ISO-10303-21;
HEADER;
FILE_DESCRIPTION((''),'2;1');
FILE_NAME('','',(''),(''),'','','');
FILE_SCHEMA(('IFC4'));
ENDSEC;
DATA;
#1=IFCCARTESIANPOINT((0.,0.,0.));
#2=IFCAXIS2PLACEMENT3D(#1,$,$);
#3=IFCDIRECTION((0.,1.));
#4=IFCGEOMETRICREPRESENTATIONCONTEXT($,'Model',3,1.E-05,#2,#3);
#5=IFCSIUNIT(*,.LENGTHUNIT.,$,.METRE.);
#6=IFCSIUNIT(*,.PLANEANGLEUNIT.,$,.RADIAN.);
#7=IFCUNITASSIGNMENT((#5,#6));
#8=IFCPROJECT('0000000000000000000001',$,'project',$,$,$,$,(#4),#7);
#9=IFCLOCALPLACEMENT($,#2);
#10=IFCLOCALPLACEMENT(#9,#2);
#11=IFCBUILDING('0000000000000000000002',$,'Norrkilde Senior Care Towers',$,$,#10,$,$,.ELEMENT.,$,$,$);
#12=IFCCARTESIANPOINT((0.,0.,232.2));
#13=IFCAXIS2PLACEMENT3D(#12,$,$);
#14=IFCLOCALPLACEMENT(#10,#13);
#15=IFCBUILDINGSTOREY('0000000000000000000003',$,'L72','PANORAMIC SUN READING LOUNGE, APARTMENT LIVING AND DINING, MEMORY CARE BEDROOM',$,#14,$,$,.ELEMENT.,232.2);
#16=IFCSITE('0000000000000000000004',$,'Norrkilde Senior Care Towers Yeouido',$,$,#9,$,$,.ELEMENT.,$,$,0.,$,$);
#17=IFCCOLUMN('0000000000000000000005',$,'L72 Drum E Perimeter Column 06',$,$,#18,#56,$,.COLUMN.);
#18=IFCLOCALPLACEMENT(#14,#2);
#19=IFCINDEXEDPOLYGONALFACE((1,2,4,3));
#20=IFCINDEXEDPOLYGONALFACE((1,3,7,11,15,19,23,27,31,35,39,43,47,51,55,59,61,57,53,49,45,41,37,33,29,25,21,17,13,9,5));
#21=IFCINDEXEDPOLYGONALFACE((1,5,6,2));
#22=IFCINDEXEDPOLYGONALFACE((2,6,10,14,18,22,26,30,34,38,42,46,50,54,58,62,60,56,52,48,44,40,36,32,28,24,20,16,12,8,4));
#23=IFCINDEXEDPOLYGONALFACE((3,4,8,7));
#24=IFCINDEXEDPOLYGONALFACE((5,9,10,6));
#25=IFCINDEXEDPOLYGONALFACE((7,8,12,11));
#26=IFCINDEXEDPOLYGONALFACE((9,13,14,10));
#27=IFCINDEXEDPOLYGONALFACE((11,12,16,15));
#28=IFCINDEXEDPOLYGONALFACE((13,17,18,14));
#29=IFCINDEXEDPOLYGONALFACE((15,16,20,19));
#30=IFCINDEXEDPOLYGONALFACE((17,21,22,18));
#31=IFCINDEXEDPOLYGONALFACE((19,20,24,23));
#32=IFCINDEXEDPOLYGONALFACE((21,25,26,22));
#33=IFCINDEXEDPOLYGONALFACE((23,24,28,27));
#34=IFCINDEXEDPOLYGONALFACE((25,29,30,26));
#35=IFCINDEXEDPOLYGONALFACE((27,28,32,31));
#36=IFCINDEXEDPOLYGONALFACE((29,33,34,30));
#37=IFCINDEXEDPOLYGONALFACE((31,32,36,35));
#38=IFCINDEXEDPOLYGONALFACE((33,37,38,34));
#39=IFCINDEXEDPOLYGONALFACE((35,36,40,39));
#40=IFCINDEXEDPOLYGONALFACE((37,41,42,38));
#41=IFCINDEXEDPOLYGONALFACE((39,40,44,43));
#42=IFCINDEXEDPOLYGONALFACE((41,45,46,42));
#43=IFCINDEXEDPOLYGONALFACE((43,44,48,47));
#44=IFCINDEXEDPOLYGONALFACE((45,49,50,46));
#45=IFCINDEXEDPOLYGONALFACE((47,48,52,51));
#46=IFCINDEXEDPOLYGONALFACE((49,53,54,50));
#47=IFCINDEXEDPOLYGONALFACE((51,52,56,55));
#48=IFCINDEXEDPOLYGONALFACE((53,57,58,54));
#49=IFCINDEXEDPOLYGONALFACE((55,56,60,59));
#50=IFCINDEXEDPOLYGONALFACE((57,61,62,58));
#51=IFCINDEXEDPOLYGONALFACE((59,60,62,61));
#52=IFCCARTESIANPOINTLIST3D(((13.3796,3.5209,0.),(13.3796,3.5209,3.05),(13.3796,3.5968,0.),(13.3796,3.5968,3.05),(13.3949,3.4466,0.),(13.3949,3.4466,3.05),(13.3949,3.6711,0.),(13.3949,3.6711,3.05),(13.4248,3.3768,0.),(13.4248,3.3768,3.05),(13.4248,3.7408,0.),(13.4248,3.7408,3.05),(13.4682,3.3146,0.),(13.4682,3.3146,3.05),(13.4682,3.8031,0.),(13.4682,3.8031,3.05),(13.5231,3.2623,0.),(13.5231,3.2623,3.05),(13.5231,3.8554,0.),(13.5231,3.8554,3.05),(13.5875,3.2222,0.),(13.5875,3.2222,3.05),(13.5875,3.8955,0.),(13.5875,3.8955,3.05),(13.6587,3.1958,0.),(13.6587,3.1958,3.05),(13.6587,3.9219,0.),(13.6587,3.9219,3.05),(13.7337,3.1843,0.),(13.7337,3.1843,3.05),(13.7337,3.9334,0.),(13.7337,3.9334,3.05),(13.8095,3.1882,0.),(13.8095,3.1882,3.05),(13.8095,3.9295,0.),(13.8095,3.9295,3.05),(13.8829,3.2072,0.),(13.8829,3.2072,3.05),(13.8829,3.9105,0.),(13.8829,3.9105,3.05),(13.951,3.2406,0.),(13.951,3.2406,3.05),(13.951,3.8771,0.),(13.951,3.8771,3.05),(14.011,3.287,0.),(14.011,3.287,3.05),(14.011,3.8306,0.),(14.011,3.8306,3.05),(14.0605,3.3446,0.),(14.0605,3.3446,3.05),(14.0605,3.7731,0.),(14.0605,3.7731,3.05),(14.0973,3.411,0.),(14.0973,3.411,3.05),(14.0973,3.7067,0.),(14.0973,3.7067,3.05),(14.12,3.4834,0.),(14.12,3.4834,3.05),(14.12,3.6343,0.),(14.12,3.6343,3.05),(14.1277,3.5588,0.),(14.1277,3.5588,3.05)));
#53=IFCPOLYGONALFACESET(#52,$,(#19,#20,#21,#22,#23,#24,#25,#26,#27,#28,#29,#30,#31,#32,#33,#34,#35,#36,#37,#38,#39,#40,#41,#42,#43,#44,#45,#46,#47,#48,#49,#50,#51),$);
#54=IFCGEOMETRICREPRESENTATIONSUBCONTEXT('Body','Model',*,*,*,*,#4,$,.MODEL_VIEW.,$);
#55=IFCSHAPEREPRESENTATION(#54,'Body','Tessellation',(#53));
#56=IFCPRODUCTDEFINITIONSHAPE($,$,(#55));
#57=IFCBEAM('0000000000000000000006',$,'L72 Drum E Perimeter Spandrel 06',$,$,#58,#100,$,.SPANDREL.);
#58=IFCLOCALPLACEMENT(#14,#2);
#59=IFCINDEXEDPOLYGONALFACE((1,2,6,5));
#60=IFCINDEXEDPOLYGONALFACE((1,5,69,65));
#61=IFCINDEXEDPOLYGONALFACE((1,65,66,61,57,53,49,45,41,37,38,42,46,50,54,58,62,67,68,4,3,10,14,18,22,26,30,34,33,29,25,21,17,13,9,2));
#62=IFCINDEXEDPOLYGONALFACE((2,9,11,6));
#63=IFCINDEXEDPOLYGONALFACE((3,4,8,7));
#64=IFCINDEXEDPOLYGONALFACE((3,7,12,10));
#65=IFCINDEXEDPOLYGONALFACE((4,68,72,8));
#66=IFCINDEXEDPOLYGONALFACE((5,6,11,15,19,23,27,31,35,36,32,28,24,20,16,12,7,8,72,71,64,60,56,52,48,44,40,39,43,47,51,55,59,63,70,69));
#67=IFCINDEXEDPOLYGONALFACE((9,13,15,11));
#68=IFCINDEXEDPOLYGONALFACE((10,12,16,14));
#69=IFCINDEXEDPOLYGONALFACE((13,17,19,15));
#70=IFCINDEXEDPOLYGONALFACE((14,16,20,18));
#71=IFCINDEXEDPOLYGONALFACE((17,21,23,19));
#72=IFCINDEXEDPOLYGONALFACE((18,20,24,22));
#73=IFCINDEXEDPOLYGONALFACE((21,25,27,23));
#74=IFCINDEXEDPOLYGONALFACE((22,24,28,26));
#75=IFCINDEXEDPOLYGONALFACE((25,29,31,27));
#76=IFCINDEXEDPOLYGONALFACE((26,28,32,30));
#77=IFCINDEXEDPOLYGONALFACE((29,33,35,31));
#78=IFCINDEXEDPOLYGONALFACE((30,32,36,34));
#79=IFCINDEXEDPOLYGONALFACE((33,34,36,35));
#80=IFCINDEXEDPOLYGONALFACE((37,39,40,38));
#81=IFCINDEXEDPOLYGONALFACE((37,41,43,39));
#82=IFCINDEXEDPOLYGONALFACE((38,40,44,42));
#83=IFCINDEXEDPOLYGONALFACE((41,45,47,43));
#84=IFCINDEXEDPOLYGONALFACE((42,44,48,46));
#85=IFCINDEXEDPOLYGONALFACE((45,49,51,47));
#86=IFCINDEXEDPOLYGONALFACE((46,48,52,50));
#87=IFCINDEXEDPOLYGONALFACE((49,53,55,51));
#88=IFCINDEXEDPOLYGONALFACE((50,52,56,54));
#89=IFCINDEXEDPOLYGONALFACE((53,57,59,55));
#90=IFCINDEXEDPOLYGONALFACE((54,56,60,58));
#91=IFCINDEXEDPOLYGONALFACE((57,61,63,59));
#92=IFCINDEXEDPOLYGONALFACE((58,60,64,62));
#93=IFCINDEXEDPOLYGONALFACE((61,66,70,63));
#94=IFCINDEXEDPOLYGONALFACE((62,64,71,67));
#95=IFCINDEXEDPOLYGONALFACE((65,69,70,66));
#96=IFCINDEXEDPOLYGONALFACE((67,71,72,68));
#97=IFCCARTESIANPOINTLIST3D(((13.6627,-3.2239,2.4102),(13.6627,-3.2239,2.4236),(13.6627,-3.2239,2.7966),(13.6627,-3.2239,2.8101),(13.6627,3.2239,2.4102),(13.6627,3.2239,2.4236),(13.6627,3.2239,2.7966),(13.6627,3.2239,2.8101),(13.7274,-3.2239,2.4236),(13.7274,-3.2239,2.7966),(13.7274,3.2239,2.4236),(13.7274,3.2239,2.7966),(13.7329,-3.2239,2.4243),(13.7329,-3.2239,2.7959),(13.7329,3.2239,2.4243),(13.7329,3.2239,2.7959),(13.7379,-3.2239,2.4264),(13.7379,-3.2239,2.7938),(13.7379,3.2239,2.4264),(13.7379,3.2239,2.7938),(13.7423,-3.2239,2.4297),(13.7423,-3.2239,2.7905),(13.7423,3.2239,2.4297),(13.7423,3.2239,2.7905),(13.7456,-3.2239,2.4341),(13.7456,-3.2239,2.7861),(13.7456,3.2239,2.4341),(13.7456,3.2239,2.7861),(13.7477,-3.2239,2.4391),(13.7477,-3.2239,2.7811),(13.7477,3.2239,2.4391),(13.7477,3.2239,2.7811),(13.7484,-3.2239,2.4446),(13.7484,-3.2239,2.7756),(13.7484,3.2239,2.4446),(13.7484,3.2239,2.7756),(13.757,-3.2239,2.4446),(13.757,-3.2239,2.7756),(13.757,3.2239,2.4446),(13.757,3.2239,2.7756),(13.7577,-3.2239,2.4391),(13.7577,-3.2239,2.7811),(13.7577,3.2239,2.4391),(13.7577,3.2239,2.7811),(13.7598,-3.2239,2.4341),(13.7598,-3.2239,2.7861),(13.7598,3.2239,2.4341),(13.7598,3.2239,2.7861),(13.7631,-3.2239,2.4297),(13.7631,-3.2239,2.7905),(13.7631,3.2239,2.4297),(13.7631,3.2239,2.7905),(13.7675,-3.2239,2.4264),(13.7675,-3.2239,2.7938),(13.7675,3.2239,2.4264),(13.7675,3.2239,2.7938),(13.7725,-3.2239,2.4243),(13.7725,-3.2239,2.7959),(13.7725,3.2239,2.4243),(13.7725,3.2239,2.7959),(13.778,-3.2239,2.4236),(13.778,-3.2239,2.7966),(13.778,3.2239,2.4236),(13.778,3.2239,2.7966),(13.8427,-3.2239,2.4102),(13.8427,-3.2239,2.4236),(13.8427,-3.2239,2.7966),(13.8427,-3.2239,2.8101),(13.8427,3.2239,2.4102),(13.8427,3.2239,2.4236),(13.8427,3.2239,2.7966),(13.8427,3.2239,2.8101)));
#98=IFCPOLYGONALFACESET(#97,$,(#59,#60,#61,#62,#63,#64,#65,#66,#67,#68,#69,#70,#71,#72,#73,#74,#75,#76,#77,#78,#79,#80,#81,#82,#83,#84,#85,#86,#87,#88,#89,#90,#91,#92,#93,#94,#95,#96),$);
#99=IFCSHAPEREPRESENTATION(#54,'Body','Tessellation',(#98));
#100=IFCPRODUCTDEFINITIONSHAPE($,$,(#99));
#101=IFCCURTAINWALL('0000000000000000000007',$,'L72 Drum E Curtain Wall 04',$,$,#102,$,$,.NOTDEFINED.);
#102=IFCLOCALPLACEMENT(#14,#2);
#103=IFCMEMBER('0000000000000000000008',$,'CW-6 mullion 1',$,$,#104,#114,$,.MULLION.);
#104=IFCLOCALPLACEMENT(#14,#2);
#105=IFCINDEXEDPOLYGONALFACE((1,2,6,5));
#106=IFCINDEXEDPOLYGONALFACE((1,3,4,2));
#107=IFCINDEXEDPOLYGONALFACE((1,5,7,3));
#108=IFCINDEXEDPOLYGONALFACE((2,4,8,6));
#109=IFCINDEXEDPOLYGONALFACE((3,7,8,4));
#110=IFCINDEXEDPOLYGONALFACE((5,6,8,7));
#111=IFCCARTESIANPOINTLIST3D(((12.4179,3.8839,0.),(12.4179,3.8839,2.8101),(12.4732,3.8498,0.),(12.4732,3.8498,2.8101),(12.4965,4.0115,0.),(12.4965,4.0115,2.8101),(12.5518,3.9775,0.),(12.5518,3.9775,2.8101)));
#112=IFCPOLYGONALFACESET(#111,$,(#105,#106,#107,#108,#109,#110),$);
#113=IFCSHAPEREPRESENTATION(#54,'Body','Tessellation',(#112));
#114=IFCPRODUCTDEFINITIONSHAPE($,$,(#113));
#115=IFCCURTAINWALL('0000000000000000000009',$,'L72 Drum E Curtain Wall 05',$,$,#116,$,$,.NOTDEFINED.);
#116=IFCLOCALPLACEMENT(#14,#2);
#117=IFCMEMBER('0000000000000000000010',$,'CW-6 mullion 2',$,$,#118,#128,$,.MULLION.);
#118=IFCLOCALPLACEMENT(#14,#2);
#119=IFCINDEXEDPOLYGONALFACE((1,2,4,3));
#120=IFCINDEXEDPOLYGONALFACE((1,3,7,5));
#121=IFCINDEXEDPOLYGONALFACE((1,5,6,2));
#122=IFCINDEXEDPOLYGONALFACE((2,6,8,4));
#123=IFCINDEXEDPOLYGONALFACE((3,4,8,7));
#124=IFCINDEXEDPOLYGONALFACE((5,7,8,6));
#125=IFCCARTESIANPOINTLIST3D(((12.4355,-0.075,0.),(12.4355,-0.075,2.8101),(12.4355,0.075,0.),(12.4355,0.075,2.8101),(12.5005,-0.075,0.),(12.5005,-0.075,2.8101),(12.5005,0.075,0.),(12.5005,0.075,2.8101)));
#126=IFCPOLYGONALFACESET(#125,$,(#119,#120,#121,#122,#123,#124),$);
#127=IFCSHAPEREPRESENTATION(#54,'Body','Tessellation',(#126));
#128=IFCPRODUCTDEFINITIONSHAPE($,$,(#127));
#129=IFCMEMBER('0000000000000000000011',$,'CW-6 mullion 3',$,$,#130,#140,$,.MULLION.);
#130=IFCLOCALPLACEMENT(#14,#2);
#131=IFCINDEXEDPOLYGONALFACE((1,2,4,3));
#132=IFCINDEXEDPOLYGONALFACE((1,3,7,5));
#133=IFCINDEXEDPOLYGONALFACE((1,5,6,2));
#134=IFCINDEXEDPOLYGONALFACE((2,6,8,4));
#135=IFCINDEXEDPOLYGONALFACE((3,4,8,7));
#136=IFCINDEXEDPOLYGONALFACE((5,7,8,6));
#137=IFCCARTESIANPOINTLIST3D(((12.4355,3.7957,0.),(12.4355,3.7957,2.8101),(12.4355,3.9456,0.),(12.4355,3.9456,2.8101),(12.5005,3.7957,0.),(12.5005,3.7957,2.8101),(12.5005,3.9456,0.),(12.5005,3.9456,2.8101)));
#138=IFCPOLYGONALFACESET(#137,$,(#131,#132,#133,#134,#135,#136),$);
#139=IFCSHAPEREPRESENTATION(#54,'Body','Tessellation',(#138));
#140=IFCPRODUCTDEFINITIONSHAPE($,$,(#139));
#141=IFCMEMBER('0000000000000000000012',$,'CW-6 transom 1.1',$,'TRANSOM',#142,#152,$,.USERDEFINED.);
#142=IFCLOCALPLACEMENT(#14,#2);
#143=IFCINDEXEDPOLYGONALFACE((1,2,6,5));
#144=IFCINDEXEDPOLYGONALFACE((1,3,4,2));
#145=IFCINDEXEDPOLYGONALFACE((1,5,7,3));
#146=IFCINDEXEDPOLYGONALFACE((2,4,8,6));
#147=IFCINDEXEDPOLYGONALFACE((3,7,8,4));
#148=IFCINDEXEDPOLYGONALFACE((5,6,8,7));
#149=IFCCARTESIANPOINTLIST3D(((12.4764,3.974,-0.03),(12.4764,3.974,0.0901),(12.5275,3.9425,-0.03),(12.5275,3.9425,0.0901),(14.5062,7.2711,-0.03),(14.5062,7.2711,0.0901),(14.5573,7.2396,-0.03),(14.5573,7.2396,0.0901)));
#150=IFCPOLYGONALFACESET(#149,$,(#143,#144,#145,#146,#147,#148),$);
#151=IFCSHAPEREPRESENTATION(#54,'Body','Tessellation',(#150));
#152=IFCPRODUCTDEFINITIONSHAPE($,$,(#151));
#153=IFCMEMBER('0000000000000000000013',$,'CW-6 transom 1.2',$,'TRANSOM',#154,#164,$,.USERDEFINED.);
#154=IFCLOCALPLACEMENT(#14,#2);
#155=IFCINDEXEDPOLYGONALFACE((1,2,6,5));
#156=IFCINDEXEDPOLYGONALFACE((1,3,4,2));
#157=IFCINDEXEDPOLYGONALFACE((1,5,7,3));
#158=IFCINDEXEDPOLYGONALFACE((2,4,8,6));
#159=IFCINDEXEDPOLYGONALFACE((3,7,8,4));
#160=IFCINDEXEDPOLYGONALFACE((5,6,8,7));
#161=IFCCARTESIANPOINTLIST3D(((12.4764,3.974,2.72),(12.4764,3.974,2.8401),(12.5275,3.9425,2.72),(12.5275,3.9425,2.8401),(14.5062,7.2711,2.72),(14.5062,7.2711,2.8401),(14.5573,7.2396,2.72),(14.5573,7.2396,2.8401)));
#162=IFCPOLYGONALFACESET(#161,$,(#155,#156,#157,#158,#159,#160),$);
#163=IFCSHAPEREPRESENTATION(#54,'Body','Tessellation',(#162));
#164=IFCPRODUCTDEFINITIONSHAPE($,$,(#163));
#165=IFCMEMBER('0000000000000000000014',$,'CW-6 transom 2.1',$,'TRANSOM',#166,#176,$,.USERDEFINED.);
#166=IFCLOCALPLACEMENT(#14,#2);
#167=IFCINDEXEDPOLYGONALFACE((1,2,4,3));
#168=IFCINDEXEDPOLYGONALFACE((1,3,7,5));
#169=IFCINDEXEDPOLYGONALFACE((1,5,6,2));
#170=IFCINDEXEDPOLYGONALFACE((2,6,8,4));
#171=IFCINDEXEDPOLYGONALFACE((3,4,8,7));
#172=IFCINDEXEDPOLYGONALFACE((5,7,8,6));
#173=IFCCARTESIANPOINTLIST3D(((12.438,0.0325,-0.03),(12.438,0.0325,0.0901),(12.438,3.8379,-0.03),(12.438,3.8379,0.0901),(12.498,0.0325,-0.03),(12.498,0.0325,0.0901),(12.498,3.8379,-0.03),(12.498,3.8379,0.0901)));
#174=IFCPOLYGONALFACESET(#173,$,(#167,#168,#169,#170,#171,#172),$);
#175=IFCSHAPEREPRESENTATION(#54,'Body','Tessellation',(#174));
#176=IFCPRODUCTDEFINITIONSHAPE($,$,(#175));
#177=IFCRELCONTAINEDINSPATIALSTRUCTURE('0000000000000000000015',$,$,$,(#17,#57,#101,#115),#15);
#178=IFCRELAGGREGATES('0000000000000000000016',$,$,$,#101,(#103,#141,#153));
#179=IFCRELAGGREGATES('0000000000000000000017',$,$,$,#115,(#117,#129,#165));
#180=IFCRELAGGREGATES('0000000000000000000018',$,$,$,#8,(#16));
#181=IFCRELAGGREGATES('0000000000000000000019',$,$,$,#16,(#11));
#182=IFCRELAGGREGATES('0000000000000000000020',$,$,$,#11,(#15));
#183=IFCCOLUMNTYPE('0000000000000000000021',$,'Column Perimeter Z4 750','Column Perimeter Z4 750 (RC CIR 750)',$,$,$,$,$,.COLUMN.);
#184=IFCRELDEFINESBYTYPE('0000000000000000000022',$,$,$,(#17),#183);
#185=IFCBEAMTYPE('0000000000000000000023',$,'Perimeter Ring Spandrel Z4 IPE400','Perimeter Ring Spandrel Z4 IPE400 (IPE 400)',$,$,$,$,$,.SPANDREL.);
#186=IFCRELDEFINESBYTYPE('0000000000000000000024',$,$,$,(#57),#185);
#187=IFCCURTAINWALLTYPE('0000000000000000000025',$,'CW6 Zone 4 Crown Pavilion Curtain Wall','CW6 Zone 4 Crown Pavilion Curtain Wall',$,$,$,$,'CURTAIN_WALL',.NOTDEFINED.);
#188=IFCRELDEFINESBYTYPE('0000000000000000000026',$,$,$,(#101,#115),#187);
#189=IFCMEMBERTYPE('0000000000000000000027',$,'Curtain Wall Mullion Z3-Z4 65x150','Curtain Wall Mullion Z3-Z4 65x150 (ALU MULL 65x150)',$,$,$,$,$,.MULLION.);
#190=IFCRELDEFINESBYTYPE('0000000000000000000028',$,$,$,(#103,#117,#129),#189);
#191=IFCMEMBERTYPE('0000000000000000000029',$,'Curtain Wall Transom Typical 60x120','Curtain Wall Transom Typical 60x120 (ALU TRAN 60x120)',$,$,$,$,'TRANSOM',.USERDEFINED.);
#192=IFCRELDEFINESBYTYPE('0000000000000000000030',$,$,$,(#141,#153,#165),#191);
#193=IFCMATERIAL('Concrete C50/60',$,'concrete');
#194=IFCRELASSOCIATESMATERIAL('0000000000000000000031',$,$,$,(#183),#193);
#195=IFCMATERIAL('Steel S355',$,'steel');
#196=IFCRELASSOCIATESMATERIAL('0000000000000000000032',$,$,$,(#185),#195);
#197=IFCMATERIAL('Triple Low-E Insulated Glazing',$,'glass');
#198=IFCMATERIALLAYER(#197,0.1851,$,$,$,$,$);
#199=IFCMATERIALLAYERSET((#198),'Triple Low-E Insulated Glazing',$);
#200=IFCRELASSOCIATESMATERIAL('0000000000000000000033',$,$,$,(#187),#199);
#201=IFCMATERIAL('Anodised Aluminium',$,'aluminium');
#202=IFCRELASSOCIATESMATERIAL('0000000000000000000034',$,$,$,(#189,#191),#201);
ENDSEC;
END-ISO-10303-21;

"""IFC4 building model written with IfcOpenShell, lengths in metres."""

from ifc_helpers import new_model, si_unit, direction, frame, origin, origin_2d, place, context, subcontext, project, spatial, rectangle, circle, i_section, extrude, source, transform, mapped, material, layer, layer_set, material_profile, profile_set, type_object, type_shapes, element, aggregate, save


model = new_model("IFC4")

# Units and contexts
model_context = context("Model", 3, precision=1e-05, world=origin(), true_north=direction((0.0, 1.0)))
body_context = subcontext(model_context, "Body", "Model", "MODEL_VIEW")
ifc_project = project(units=[si_unit("LENGTHUNIT", "METRE"), si_unit("PLANEANGLEUNIT", "RADIAN")], contexts=[model_context])

# Site, building, storey
site_placement = place(None, origin())
site = spatial("IfcSite", under=ifc_project, at=site_placement, Name="Norrkilde Senior Care Towers Yeouido", CompositionType="ELEMENT", RefElevation=0.0)
building_placement = place(site_placement, origin())
building = spatial("IfcBuilding", under=site, at=building_placement, Name="Norrkilde Senior Care Towers", CompositionType="ELEMENT")
storey_placement = place(building_placement, frame((0.0, 0.0, 232.2)))
storey = spatial("IfcBuildingStorey", under=building, at=storey_placement, Name="L72", Description="PANORAMIC SUN READING LOUNGE, APARTMENT LIVING AND DINING, MEMORY CARE BEDROOM", CompositionType="ELEMENT", Elevation=232.2)

# Column
ifc_material_1 = material(Name="Concrete C50/60", Category="concrete")
ifc_material_profile_1 = material_profile(ifc_material_1, circle(Radius=0.375, at=origin_2d()), Name="RC CIR 750")
ifc_profile_set_1 = profile_set([ifc_material_profile_1], Name="Concrete C50/60")
column_type = type_object("IfcColumnType", Name="Column Perimeter Z4 750", Description="Column Perimeter Z4 750 (RC CIR 750)", PredefinedType="COLUMN", material=ifc_profile_set_1)
shared_shape_1 = source(origin(), body_context, "Body", "SweptSolid", [
    extrude(circle(Radius=0.375, at=origin_2d()), origin(), (0.0, 0.0, 1.0), 3.05),
])
type_shapes(column_type, [shared_shape_1])
column_placement = place(storey_placement, frame((13.7527, 3.5588, 0.0), z_axis=(0.0, 0.0, 1.0), x_axis=(1.0, 0.0, 0.0)))
element("IfcColumn", 1, at=column_placement, inside=storey, type_object=column_type, Name="L72 Drum E Perimeter Column 06", PredefinedType="COLUMN", context=body_context, shape_type="MappedRepresentation", body=[
    mapped(shared_shape_1, transform((0.0, 0.0, 0.0), x_axis=(1.0, 0.0, 0.0), y_axis=(0.0, 1.0, 0.0), z_axis=(0.0, 0.0, 1.0), scale=1.0)),
])

# Beam
ifc_material_2 = material(Name="Steel S355", Category="steel")
ifc_material_profile_2 = material_profile(ifc_material_2, i_section(OverallWidth=0.1799, OverallDepth=0.3999, WebThickness=0.0085, FlangeThickness=0.0134, FilletRadius=0.021, at=origin_2d()), Name="IPE 400")
ifc_profile_set_2 = profile_set([ifc_material_profile_2], Name="Steel S355")
beam_type = type_object("IfcBeamType", Name="Perimeter Ring Spandrel Z4 IPE400", Description="Perimeter Ring Spandrel Z4 IPE400 (IPE 400)", PredefinedType="SPANDREL", material=ifc_profile_set_2)
shared_shape_2 = source(origin(), body_context, "Body", "SweptSolid", [
    extrude(i_section(OverallWidth=0.1799, OverallDepth=0.3999, WebThickness=0.0085, FlangeThickness=0.0134, FilletRadius=0.021, at=origin_2d()), origin(), (0.0, 0.0, 1.0), 6.4478),
])
type_shapes(beam_type, [shared_shape_2])
beam_placement = place(storey_placement, frame((13.7527, 3.2239, 2.6101), z_axis=(0.0, -1.0, 0.0), x_axis=(1.0, 0.0, 0.0)))
element("IfcBeam", 2, at=beam_placement, inside=storey, type_object=beam_type, Name="L72 Drum E Perimeter Spandrel 06", PredefinedType="SPANDREL", context=body_context, shape_type="MappedRepresentation", body=[
    mapped(shared_shape_2, transform((0.0, 0.0, 0.0), x_axis=(1.0, 0.0, 0.0), y_axis=(0.0, 1.0, 0.0), z_axis=(0.0, 0.0, 1.0), scale=1.0)),
])

# Curtain wall, member
ifc_material_3 = material(Name="Triple Low-E Insulated Glazing", Category="glass")
ifc_layer_1 = layer(ifc_material_3, 0.1851)
ifc_layer_set_1 = layer_set([ifc_layer_1], Name="Triple Low-E Insulated Glazing")
curtain_wall_type = type_object("IfcCurtainWallType", Name="CW6 Zone 4 Crown Pavilion Curtain Wall", Description="CW6 Zone 4 Crown Pavilion Curtain Wall", ElementType="CURTAIN_WALL", PredefinedType="NOTDEFINED", material=ifc_layer_set_1)
curtain_wall_1_placement = place(storey_placement, origin())
curtain_wall_1 = element("IfcCurtainWall", 3, at=curtain_wall_1_placement, inside=storey, type_object=curtain_wall_type, Name="L72 Drum E Curtain Wall 04", PredefinedType="NOTDEFINED")
ifc_material_4 = material(Name="Anodised Aluminium", Category="aluminium")
ifc_material_profile_3 = material_profile(ifc_material_4, rectangle(XDim=0.0649, YDim=0.1499, at=origin_2d()), Name="ALU MULL 65x150")
ifc_profile_set_3 = profile_set([ifc_material_profile_3], Name="Anodised Aluminium")
member_type_1 = type_object("IfcMemberType", Name="Curtain Wall Mullion Z3-Z4 65x150", Description="Curtain Wall Mullion Z3-Z4 65x150 (ALU MULL 65x150)", PredefinedType="MULLION", material=ifc_profile_set_3)
shared_shape_3 = source(origin(), body_context, "Body", "SweptSolid", [
    extrude(rectangle(XDim=0.0649, YDim=0.1499, at=origin_2d()), origin(), (0.0, 0.0, 1.0), 2.8101),
])
type_shapes(member_type_1, [shared_shape_3])
member_1_placement = place(storey_placement, frame((12.4849, 3.9307, 0.0), z_axis=(0.0, 0.0, 1.0), x_axis=(-0.851563, 0.524253, 0.0)))
member_1 = element("IfcMember", 4, at=member_1_placement, type_object=member_type_1, Name="CW-6 mullion 1", PredefinedType="MULLION", context=body_context, shape_type="MappedRepresentation", body=[
    mapped(shared_shape_3, transform((0.0, 0.0, 0.0), x_axis=(1.0, 0.0, 0.0), y_axis=(0.0, 1.0, 0.0), z_axis=(0.0, 0.0, 1.0), scale=1.0)),
])

# Curtain wall, members
curtain_wall_2_placement = place(storey_placement, origin())
curtain_wall_2 = element("IfcCurtainWall", 5, at=curtain_wall_2_placement, inside=storey, type_object=curtain_wall_type, Name="L72 Drum E Curtain Wall 05", PredefinedType="NOTDEFINED")
member_2_placement = place(storey_placement, frame((12.468, 0.0, 0.0), z_axis=(0.0, 0.0, 1.0), x_axis=(-1.0, 0.0, 0.0)))
member_2 = element("IfcMember", 6, at=member_2_placement, type_object=member_type_1, Name="CW-6 mullion 2", PredefinedType="MULLION", context=body_context, shape_type="MappedRepresentation", body=[
    mapped(shared_shape_3, transform((0.0, 0.0, 0.0), x_axis=(1.0, 0.0, 0.0), y_axis=(0.0, 1.0, 0.0), z_axis=(0.0, 0.0, 1.0), scale=1.0)),
])
member_3_placement = place(storey_placement, frame((12.468, 3.8706, 0.0), z_axis=(0.0, 0.0, 1.0), x_axis=(-1.0, 0.0, 0.0)))
member_3 = element("IfcMember", 7, at=member_3_placement, type_object=member_type_1, Name="CW-6 mullion 3", PredefinedType="MULLION", context=body_context, shape_type="MappedRepresentation", body=[
    mapped(shared_shape_3, transform((0.0, 0.0, 0.0), x_axis=(1.0, 0.0, 0.0), y_axis=(0.0, 1.0, 0.0), z_axis=(0.0, 0.0, 1.0), scale=1.0)),
])

# Members
ifc_material_profile_4 = material_profile(ifc_material_4, rectangle(XDim=0.0601, YDim=0.1201, at=origin_2d()), Name="ALU TRAN 60x120")
ifc_profile_set_4 = profile_set([ifc_material_profile_4], Name="Anodised Aluminium")
member_type_2 = type_object("IfcMemberType", Name="Curtain Wall Transom Typical 60x120", Description="Curtain Wall Transom Typical 60x120 (ALU TRAN 60x120)", ElementType="TRANSOM", PredefinedType="USERDEFINED", material=ifc_profile_set_4)
shared_shape_4 = source(origin(), body_context, "Body", "SweptSolid", [
    extrude(rectangle(XDim=0.0601, YDim=0.1201, at=origin_2d()), origin(), (0.0, 0.0, 1.0), 3.8718),
])
member_4_placement = place(storey_placement, frame((12.502, 3.9583, 0.03), z_axis=(0.524245, 0.851567, 0.0), x_axis=(-0.851567, 0.524245, 0.0)))
member_4 = element("IfcMember", 8, at=member_4_placement, type_object=member_type_2, Name="CW-6 transom 1.1", ObjectType="TRANSOM", PredefinedType="USERDEFINED", context=body_context, shape_type="MappedRepresentation", body=[
    mapped(shared_shape_4, transform((0.0, 0.0, 0.0), x_axis=(1.0, 0.0, 0.0), y_axis=(0.0, 1.0, 0.0), z_axis=(0.0, 0.0, 1.0), scale=1.0)),
])
member_5_placement = place(storey_placement, frame((12.502, 3.9583, 2.78), z_axis=(0.524245, 0.851567, 0.0), x_axis=(-0.851567, 0.524245, 0.0)))
member_5 = element("IfcMember", 9, at=member_5_placement, type_object=member_type_2, Name="CW-6 transom 1.2", ObjectType="TRANSOM", PredefinedType="USERDEFINED", context=body_context, shape_type="MappedRepresentation", body=[
    mapped(shared_shape_4, transform((0.0, 0.0, 0.0), x_axis=(1.0, 0.0, 0.0), y_axis=(0.0, 1.0, 0.0), z_axis=(0.0, 0.0, 1.0), scale=1.0)),
])
shared_shape_5 = source(origin(), body_context, "Body", "SweptSolid", [
    extrude(rectangle(XDim=0.0601, YDim=0.1201, at=origin_2d()), origin(), (0.0, 0.0, 1.0), 3.8054),
])
type_shapes(member_type_2, [shared_shape_4, shared_shape_5])
member_6_placement = place(storey_placement, frame((12.468, 0.0325, 0.03), z_axis=(0.0, 1.0, 0.0), x_axis=(-1.0, 0.0, 0.0)))
member_6 = element("IfcMember", 10, at=member_6_placement, type_object=member_type_2, Name="CW-6 transom 2.1", ObjectType="TRANSOM", PredefinedType="USERDEFINED", context=body_context, shape_type="MappedRepresentation", body=[
    mapped(shared_shape_5, transform((0.0, 0.0, 0.0), x_axis=(1.0, 0.0, 0.0), y_axis=(0.0, 1.0, 0.0), z_axis=(0.0, 0.0, 1.0), scale=1.0)),
])

aggregate(curtain_wall_1, [member_1, member_4, member_5])
aggregate(curtain_wall_2, [member_2, member_3, member_6])

save(model, "model.ifc")
